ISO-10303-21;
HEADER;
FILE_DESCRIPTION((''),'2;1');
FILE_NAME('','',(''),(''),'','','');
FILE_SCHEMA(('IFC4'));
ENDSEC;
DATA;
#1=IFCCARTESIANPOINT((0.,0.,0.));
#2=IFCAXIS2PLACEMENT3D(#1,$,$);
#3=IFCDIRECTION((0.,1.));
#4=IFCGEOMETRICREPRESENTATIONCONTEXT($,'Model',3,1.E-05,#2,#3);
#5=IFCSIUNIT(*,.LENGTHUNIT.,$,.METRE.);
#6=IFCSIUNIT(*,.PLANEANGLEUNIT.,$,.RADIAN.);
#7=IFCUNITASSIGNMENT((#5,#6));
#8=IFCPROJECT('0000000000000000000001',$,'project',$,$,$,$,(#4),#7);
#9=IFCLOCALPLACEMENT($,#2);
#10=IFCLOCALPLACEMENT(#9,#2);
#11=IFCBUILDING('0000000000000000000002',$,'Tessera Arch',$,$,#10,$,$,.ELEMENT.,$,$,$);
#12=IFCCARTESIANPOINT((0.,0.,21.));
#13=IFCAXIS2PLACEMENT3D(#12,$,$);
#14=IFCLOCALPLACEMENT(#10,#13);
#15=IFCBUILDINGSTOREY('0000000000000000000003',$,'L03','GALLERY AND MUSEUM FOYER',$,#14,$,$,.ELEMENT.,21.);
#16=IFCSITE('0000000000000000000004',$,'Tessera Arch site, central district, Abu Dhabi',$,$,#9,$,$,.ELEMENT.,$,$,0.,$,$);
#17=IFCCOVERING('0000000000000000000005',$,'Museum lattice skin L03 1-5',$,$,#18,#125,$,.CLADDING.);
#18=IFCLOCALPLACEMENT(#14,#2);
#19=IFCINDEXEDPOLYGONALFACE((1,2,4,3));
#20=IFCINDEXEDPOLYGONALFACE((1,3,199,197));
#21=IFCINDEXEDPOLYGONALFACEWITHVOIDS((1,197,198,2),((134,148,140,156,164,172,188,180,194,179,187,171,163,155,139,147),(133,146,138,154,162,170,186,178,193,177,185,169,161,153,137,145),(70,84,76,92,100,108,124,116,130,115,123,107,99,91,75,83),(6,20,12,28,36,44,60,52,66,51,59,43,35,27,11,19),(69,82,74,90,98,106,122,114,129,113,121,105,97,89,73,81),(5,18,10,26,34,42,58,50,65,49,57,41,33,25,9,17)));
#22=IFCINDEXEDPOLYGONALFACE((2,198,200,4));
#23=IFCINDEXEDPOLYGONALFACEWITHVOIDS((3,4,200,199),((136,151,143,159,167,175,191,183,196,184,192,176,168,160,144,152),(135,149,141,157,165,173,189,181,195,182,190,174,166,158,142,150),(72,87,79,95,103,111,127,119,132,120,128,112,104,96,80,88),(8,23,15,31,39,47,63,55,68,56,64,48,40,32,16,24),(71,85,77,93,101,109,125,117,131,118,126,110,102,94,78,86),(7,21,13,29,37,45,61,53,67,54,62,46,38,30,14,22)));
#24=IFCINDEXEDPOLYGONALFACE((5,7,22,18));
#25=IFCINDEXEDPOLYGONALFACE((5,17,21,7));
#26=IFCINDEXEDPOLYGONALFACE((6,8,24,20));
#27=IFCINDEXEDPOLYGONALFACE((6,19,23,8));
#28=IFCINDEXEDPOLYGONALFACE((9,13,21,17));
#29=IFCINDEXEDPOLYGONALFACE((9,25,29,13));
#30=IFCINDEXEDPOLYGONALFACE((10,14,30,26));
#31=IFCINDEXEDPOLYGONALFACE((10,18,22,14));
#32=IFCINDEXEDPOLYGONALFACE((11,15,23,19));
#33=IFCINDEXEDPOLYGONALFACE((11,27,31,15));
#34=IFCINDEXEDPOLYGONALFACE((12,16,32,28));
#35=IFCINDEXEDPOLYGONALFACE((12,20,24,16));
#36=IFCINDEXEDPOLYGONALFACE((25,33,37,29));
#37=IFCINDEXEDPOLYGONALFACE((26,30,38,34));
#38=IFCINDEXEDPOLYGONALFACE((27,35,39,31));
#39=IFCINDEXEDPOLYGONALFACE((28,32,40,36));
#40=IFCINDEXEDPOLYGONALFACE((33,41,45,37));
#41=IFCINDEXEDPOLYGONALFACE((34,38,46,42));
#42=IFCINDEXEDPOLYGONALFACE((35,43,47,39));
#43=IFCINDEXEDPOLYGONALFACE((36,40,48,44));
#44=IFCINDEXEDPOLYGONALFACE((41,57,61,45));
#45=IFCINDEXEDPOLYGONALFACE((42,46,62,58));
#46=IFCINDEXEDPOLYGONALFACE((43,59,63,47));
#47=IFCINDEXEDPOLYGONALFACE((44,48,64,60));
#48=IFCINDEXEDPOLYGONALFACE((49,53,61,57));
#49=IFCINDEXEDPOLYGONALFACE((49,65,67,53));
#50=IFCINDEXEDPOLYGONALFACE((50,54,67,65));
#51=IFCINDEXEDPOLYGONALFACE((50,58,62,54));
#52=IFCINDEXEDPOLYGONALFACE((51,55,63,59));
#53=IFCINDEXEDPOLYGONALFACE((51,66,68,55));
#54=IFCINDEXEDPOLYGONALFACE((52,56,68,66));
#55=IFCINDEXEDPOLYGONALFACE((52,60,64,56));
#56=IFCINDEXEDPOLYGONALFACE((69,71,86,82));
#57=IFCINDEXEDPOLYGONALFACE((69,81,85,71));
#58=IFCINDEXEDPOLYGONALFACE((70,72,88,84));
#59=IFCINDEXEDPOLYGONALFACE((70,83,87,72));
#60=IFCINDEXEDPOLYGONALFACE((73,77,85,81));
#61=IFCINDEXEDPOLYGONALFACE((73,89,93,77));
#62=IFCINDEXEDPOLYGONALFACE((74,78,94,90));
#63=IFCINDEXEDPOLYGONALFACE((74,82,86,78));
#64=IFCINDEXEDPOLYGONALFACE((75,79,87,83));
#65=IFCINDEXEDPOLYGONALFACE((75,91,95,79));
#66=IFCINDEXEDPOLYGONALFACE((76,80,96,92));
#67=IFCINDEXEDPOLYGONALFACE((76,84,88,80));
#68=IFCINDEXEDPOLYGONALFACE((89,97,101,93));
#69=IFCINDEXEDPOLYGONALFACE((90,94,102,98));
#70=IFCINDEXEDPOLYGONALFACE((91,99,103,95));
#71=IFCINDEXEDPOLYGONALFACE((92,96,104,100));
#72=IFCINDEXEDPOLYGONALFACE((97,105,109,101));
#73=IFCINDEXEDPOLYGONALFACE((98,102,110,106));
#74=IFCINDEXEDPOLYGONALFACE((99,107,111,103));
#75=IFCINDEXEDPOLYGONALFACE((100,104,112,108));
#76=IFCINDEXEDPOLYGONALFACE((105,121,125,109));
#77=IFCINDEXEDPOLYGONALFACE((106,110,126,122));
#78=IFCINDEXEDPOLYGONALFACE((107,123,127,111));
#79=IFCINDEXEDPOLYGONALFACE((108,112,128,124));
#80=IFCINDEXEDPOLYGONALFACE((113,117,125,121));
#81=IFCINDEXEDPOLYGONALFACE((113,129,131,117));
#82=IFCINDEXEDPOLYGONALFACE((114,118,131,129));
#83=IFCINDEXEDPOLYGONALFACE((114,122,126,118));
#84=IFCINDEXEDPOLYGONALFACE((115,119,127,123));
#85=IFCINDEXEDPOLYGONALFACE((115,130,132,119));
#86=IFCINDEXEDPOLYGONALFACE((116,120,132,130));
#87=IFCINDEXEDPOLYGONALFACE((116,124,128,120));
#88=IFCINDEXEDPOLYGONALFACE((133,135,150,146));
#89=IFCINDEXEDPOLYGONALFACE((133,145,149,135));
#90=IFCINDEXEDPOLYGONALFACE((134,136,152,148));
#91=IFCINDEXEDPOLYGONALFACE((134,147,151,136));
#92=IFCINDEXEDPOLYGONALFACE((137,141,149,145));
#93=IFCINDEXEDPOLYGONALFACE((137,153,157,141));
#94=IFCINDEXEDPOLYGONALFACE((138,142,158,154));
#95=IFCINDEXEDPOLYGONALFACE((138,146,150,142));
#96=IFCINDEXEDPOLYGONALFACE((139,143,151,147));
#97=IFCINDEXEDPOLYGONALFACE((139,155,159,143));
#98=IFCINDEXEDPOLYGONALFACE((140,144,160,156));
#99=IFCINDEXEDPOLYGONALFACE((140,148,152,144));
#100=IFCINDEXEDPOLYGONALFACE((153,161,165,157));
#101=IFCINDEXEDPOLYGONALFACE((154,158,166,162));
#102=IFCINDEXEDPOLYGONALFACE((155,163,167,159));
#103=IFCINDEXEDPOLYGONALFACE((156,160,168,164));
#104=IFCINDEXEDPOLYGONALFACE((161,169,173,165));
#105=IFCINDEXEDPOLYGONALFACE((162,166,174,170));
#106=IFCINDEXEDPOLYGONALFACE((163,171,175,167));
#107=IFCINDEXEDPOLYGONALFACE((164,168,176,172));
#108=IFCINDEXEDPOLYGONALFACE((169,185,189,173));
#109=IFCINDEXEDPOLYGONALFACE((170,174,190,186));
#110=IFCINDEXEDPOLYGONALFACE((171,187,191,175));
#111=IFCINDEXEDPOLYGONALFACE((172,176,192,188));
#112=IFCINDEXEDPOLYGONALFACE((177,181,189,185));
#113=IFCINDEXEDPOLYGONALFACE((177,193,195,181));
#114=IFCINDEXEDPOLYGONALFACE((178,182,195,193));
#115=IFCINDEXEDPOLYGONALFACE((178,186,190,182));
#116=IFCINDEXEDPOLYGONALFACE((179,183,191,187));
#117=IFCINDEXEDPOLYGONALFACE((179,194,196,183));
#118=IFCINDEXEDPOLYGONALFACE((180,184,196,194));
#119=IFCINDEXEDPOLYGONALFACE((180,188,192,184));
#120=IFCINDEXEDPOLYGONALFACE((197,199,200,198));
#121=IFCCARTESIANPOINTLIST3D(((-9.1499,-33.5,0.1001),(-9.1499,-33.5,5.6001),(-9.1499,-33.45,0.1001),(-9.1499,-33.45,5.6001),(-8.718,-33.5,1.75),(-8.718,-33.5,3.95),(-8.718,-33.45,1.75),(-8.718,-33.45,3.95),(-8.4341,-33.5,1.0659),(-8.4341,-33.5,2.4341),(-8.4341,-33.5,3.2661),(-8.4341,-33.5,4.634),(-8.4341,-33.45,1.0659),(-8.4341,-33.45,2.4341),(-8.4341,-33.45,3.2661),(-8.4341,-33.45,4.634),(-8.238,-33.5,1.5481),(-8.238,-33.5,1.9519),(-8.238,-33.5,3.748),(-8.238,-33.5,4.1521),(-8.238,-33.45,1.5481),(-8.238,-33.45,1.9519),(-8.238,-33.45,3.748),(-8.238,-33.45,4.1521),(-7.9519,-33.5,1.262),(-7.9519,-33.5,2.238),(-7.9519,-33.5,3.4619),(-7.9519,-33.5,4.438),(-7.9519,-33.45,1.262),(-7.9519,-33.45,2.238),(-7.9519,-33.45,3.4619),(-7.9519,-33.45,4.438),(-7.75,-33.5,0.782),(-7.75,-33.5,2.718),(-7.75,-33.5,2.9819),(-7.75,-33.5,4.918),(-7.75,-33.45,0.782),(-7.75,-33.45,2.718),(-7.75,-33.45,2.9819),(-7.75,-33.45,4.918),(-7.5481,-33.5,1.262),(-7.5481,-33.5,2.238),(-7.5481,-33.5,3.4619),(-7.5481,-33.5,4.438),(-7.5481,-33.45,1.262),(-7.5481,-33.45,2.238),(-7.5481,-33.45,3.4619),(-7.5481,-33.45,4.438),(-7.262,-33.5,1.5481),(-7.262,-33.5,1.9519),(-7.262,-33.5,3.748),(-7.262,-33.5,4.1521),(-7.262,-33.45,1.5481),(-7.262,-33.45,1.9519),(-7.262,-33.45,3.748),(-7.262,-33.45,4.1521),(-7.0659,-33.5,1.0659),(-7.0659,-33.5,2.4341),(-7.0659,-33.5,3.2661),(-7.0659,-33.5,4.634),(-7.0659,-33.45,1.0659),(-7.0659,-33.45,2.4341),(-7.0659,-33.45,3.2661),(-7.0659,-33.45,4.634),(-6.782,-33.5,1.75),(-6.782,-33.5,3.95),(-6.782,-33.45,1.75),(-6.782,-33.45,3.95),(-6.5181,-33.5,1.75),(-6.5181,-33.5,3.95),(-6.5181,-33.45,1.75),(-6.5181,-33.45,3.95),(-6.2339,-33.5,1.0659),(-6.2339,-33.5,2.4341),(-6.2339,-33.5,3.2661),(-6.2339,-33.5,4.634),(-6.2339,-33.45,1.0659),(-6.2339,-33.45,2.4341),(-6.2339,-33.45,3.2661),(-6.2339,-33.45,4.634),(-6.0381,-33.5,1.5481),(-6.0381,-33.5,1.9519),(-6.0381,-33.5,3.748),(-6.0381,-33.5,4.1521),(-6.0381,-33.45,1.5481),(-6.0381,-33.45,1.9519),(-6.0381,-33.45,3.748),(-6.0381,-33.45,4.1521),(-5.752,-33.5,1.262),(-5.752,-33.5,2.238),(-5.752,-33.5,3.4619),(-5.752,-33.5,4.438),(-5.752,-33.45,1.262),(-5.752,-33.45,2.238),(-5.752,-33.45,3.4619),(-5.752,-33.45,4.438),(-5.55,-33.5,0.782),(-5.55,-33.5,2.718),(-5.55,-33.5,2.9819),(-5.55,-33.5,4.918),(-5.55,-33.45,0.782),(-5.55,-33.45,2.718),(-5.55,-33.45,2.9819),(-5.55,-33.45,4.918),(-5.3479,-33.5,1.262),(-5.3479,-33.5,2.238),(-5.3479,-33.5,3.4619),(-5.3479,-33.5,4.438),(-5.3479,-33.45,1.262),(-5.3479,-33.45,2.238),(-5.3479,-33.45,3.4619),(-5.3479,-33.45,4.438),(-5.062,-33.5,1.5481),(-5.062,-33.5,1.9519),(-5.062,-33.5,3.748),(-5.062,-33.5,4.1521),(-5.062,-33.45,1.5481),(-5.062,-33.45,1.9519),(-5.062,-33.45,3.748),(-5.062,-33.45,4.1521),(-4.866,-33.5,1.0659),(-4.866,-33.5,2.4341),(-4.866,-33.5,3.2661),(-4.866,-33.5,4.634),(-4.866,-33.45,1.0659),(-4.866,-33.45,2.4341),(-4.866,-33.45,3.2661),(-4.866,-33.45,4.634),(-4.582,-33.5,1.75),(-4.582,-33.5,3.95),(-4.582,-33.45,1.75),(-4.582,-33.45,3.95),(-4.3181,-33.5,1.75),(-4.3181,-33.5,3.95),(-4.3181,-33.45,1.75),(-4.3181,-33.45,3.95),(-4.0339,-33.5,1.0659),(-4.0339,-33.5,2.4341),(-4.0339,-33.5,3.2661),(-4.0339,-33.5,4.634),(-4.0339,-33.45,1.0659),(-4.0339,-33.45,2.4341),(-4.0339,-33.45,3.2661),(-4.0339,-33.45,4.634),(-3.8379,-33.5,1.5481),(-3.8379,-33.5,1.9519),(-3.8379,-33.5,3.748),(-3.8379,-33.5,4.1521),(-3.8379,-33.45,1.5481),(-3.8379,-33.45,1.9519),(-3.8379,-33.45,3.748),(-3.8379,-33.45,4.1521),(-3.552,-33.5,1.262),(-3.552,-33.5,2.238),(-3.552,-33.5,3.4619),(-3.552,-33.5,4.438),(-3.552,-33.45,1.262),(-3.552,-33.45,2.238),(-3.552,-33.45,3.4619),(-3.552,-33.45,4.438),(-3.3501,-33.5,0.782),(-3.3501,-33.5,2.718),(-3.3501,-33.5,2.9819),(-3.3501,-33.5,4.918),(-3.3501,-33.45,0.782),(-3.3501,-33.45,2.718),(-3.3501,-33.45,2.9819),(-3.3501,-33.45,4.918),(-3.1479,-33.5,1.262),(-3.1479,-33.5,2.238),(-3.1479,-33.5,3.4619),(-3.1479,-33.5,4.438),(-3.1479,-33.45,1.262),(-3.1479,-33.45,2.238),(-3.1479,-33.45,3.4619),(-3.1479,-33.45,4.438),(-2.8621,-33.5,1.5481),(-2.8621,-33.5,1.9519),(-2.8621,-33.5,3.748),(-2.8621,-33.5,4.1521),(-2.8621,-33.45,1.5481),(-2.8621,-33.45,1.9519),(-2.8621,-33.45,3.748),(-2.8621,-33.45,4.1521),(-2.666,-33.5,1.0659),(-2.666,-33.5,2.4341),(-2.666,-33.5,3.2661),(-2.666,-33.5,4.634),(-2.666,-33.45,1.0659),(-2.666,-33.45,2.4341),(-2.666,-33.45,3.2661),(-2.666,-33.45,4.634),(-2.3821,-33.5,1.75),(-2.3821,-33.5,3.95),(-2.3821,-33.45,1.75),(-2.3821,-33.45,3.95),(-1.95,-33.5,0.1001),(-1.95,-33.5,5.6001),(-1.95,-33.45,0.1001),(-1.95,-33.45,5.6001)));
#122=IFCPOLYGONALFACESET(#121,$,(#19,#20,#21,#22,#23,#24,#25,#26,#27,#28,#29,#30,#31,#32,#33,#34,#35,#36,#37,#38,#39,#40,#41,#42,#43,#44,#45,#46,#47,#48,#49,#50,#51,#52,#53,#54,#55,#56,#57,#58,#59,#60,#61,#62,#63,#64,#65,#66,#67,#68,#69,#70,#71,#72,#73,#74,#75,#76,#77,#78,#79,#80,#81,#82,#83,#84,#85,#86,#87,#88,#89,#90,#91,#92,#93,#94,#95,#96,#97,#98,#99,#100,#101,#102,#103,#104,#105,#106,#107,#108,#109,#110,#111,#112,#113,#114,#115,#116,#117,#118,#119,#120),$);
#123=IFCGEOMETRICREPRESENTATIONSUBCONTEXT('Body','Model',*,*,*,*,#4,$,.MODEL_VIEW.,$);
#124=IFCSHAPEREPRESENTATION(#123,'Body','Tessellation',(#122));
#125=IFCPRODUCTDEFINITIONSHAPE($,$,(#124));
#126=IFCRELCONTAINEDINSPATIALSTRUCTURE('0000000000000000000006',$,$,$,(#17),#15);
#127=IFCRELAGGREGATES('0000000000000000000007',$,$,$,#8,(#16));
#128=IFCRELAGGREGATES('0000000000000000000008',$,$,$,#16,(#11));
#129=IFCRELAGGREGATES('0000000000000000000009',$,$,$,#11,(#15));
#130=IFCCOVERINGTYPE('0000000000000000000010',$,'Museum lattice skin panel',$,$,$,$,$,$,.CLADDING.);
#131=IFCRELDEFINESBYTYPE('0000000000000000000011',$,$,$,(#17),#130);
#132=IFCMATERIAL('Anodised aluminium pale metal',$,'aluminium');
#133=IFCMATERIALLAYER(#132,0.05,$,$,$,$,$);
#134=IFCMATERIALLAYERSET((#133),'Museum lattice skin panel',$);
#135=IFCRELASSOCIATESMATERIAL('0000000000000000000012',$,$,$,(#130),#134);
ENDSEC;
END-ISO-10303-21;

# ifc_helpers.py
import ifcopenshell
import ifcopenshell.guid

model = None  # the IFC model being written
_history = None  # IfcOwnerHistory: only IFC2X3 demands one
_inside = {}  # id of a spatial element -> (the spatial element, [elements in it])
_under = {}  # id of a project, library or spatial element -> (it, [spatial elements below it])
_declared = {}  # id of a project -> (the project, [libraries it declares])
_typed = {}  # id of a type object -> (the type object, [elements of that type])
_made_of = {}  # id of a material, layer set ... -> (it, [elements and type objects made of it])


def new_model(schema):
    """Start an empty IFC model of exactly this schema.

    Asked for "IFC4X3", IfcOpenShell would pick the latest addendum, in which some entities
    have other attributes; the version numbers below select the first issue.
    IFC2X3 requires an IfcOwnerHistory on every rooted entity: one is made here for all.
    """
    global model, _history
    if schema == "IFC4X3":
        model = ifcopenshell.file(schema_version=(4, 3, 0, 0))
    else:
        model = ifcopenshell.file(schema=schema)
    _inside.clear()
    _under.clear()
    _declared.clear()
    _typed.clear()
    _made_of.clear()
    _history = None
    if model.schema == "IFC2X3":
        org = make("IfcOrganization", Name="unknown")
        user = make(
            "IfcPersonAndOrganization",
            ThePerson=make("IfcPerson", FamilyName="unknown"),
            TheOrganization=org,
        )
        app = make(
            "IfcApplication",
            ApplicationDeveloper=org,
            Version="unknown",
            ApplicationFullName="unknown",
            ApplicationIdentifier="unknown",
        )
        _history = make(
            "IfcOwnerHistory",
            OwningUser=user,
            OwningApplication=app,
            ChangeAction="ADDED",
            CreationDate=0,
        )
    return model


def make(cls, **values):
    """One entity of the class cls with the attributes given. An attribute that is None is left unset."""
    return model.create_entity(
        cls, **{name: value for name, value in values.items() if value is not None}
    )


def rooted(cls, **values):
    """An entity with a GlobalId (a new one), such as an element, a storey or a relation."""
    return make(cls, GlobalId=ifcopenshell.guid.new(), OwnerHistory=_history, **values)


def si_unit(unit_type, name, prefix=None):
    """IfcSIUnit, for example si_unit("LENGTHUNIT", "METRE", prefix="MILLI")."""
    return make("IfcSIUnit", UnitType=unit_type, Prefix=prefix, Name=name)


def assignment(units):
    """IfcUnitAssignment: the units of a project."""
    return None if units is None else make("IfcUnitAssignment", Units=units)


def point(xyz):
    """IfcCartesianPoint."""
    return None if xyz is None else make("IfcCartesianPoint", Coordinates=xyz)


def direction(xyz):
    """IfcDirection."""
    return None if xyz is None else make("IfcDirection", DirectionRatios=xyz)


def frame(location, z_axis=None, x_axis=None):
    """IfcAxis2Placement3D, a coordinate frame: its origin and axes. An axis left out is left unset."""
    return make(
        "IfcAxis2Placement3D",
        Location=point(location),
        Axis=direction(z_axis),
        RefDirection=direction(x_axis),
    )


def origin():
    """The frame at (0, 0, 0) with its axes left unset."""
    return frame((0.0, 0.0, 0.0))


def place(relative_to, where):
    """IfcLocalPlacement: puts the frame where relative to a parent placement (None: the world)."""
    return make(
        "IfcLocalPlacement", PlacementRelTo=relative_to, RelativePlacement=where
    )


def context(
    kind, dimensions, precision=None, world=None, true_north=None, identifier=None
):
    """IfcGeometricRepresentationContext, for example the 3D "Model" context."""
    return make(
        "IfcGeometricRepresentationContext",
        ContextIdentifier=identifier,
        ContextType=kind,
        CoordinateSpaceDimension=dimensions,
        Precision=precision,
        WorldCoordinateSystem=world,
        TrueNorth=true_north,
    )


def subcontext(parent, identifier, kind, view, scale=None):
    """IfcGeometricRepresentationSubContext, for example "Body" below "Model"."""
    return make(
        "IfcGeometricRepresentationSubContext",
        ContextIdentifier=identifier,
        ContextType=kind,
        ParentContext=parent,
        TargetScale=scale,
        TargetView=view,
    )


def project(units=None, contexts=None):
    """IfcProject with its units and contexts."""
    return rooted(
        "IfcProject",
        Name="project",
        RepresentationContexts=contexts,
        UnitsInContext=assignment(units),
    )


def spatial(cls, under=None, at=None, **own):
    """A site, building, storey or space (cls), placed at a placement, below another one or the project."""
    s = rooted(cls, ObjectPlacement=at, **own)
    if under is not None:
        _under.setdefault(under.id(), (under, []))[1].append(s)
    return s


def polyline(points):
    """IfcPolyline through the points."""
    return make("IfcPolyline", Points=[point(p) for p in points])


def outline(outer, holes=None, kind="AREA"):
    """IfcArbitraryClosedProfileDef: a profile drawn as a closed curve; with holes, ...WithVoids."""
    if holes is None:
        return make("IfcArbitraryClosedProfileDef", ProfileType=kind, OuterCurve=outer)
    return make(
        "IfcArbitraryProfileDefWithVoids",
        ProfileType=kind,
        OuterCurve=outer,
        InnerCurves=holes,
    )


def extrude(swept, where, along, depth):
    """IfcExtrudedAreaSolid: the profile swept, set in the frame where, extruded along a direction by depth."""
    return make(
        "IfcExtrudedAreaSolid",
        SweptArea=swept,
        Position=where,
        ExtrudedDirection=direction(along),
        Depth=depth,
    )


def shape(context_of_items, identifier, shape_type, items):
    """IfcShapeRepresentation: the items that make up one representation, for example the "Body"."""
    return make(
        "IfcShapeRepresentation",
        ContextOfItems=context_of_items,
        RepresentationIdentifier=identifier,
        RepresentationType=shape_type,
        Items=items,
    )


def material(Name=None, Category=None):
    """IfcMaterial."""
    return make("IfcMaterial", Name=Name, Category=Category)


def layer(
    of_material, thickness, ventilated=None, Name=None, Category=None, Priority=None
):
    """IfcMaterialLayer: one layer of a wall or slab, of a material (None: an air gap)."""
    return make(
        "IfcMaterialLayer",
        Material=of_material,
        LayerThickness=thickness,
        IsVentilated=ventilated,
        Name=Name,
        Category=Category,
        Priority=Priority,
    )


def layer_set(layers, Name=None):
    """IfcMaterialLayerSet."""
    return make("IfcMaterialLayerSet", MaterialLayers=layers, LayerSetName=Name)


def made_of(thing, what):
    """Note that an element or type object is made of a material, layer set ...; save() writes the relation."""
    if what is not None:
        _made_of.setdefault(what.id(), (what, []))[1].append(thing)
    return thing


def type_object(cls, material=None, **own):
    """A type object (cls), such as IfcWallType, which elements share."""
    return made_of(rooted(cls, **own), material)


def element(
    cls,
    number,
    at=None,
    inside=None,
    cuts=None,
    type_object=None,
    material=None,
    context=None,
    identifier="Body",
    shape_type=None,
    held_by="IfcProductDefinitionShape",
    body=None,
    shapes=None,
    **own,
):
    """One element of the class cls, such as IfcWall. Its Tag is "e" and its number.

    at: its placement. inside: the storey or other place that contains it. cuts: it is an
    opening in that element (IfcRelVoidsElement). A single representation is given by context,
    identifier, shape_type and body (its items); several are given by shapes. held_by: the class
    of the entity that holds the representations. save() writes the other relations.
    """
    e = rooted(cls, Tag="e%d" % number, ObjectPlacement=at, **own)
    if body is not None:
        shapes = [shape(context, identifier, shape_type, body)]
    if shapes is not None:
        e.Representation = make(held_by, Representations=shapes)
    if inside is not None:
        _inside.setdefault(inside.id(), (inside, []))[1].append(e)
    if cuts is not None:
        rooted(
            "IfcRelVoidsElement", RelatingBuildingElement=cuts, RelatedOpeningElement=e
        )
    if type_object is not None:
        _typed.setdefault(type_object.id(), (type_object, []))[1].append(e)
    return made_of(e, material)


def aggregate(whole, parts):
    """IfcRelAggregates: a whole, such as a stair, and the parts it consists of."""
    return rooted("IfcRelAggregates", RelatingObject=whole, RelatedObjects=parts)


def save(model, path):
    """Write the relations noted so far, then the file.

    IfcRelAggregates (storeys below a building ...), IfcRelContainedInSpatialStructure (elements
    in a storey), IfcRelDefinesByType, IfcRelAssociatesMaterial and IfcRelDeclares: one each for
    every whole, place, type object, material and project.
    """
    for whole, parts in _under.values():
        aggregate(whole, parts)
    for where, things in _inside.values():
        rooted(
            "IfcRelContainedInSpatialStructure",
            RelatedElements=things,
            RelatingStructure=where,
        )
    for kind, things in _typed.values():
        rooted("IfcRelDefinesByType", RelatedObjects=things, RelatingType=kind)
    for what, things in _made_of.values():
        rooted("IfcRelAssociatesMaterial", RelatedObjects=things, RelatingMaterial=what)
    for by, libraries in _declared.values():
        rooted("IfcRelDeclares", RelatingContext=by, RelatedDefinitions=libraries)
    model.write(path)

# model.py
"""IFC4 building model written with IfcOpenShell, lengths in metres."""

from ifc_helpers import new_model, si_unit, direction, frame, origin, place, context, subcontext, project, spatial, polyline, outline, extrude, material, layer, layer_set, type_object, element, save


model = new_model("IFC4")

# Units and contexts
model_context = context("Model", 3, precision=1e-05, world=origin(), true_north=direction((0.0, 1.0)))
body_context = subcontext(model_context, "Body", "Model", "MODEL_VIEW")
ifc_project = project(units=[si_unit("LENGTHUNIT", "METRE"), si_unit("PLANEANGLEUNIT", "RADIAN")], contexts=[model_context])

# Site, building, storey
site_placement = place(None, origin())
site = spatial("IfcSite", under=ifc_project, at=site_placement, Name="Tessera Arch site, central district, Abu Dhabi", CompositionType="ELEMENT", RefElevation=0.0)
building_placement = place(site_placement, origin())
building = spatial("IfcBuilding", under=site, at=building_placement, Name="Tessera Arch", CompositionType="ELEMENT")
storey_placement = place(building_placement, frame((0.0, 0.0, 21.0)))
storey = spatial("IfcBuildingStorey", under=building, at=storey_placement, Name="L03", Description="GALLERY AND MUSEUM FOYER", CompositionType="ELEMENT", Elevation=21.0)

# Covering
ifc_material_1 = material(Name="Anodised aluminium pale metal", Category="aluminium")
ifc_layer_1 = layer(ifc_material_1, 0.05)
ifc_layer_set_1 = layer_set([ifc_layer_1], Name="Museum lattice skin panel")
covering_type_1 = type_object("IfcCoveringType", Name="Museum lattice skin panel", PredefinedType="CLADDING", material=ifc_layer_set_1)
covering_1_placement = place(storey_placement, frame((-9.1499, -33.45, 5.6001), z_axis=(0.0, 1.0, 0.0), x_axis=(1.0, 0.0, 0.0)))
element("IfcCovering", 1, at=covering_1_placement, inside=storey, type_object=covering_type_1, Name="Museum lattice skin L03 1-5", PredefinedType="CLADDING", context=body_context, shape_type="SweptSolid", body=[
    extrude(outline(polyline([(0.0, 0.0), (7.2, 0.0), (7.2, 5.5), (0.0, 5.5), (0.0, 0.0)]), holes=[polyline([(2.3679, 3.8501), (1.8879, 3.6482), (2.084, 3.166), (1.6018, 3.3621), (1.3999, 2.8821), (1.198, 3.3621), (0.7158, 3.166), (0.9119, 3.6482), (0.4319, 3.8501), (0.9119, 4.052), (0.7158, 4.5342), (1.198, 4.3381), (1.3999, 4.8181), (1.6018, 4.3381), (2.084, 4.5342), (1.8879, 4.052), (2.3679, 3.8501)]), polyline([(2.3679, 1.6501), (1.8879, 1.448), (2.084, 0.9661), (1.6018, 1.1621), (1.3999, 0.6821), (1.198, 1.1621), (0.7158, 0.9661), (0.9119, 1.448), (0.4319, 1.6501), (0.9119, 1.8521), (0.7158, 2.334), (1.198, 2.1382), (1.3999, 2.6182), (1.6018, 2.1382), (2.084, 2.334), (1.8879, 1.8521), (2.3679, 1.6501)]), polyline([(4.5679, 3.8501), (4.0879, 3.6482), (4.2839, 3.166), (3.802, 3.3621), (3.5999, 2.8821), (3.3979, 3.3621), (2.916, 3.166), (3.1118, 3.6482), (2.6318, 3.8501), (3.1118, 4.052), (2.916, 4.5342), (3.3979, 4.3381), (3.5999, 4.8181), (3.802, 4.3381), (4.2839, 4.5342), (4.0879, 4.052), (4.5679, 3.8501)]), polyline([(4.5679, 1.6501), (4.0879, 1.448), (4.2839, 0.9661), (3.802, 1.1621), (3.5999, 0.6821), (3.3979, 1.1621), (2.916, 0.9661), (3.1118, 1.448), (2.6318, 1.6501), (3.1118, 1.8521), (2.916, 2.334), (3.3979, 2.1382), (3.5999, 2.6182), (3.802, 2.1382), (4.2839, 2.334), (4.0879, 1.8521), (4.5679, 1.6501)]), polyline([(6.7678, 3.8501), (6.2878, 3.6482), (6.4839, 3.166), (6.002, 3.3621), (5.7998, 2.8821), (5.5979, 3.3621), (5.116, 3.166), (5.312, 3.6482), (4.8318, 3.8501), (5.312, 4.052), (5.116, 4.5342), (5.5979, 4.3381), (5.7998, 4.8181), (6.002, 4.3381), (6.4839, 4.5342), (6.2878, 4.052), (6.7678, 3.8501)]), polyline([(6.7678, 1.6501), (6.2878, 1.448), (6.4839, 0.9661), (6.002, 1.1621), (5.7998, 0.6821), (5.5979, 1.1621), (5.116, 0.9661), (5.312, 1.448), (4.8318, 1.6501), (5.312, 1.8521), (5.116, 2.334), (5.5979, 2.1382), (5.7998, 2.6182), (6.002, 2.1382), (6.4839, 2.334), (6.2878, 1.8521), (6.7678, 1.6501)])]), origin(), (0.0, 0.0, -1.0), 0.05),
])

save(model, "model.ifc")
